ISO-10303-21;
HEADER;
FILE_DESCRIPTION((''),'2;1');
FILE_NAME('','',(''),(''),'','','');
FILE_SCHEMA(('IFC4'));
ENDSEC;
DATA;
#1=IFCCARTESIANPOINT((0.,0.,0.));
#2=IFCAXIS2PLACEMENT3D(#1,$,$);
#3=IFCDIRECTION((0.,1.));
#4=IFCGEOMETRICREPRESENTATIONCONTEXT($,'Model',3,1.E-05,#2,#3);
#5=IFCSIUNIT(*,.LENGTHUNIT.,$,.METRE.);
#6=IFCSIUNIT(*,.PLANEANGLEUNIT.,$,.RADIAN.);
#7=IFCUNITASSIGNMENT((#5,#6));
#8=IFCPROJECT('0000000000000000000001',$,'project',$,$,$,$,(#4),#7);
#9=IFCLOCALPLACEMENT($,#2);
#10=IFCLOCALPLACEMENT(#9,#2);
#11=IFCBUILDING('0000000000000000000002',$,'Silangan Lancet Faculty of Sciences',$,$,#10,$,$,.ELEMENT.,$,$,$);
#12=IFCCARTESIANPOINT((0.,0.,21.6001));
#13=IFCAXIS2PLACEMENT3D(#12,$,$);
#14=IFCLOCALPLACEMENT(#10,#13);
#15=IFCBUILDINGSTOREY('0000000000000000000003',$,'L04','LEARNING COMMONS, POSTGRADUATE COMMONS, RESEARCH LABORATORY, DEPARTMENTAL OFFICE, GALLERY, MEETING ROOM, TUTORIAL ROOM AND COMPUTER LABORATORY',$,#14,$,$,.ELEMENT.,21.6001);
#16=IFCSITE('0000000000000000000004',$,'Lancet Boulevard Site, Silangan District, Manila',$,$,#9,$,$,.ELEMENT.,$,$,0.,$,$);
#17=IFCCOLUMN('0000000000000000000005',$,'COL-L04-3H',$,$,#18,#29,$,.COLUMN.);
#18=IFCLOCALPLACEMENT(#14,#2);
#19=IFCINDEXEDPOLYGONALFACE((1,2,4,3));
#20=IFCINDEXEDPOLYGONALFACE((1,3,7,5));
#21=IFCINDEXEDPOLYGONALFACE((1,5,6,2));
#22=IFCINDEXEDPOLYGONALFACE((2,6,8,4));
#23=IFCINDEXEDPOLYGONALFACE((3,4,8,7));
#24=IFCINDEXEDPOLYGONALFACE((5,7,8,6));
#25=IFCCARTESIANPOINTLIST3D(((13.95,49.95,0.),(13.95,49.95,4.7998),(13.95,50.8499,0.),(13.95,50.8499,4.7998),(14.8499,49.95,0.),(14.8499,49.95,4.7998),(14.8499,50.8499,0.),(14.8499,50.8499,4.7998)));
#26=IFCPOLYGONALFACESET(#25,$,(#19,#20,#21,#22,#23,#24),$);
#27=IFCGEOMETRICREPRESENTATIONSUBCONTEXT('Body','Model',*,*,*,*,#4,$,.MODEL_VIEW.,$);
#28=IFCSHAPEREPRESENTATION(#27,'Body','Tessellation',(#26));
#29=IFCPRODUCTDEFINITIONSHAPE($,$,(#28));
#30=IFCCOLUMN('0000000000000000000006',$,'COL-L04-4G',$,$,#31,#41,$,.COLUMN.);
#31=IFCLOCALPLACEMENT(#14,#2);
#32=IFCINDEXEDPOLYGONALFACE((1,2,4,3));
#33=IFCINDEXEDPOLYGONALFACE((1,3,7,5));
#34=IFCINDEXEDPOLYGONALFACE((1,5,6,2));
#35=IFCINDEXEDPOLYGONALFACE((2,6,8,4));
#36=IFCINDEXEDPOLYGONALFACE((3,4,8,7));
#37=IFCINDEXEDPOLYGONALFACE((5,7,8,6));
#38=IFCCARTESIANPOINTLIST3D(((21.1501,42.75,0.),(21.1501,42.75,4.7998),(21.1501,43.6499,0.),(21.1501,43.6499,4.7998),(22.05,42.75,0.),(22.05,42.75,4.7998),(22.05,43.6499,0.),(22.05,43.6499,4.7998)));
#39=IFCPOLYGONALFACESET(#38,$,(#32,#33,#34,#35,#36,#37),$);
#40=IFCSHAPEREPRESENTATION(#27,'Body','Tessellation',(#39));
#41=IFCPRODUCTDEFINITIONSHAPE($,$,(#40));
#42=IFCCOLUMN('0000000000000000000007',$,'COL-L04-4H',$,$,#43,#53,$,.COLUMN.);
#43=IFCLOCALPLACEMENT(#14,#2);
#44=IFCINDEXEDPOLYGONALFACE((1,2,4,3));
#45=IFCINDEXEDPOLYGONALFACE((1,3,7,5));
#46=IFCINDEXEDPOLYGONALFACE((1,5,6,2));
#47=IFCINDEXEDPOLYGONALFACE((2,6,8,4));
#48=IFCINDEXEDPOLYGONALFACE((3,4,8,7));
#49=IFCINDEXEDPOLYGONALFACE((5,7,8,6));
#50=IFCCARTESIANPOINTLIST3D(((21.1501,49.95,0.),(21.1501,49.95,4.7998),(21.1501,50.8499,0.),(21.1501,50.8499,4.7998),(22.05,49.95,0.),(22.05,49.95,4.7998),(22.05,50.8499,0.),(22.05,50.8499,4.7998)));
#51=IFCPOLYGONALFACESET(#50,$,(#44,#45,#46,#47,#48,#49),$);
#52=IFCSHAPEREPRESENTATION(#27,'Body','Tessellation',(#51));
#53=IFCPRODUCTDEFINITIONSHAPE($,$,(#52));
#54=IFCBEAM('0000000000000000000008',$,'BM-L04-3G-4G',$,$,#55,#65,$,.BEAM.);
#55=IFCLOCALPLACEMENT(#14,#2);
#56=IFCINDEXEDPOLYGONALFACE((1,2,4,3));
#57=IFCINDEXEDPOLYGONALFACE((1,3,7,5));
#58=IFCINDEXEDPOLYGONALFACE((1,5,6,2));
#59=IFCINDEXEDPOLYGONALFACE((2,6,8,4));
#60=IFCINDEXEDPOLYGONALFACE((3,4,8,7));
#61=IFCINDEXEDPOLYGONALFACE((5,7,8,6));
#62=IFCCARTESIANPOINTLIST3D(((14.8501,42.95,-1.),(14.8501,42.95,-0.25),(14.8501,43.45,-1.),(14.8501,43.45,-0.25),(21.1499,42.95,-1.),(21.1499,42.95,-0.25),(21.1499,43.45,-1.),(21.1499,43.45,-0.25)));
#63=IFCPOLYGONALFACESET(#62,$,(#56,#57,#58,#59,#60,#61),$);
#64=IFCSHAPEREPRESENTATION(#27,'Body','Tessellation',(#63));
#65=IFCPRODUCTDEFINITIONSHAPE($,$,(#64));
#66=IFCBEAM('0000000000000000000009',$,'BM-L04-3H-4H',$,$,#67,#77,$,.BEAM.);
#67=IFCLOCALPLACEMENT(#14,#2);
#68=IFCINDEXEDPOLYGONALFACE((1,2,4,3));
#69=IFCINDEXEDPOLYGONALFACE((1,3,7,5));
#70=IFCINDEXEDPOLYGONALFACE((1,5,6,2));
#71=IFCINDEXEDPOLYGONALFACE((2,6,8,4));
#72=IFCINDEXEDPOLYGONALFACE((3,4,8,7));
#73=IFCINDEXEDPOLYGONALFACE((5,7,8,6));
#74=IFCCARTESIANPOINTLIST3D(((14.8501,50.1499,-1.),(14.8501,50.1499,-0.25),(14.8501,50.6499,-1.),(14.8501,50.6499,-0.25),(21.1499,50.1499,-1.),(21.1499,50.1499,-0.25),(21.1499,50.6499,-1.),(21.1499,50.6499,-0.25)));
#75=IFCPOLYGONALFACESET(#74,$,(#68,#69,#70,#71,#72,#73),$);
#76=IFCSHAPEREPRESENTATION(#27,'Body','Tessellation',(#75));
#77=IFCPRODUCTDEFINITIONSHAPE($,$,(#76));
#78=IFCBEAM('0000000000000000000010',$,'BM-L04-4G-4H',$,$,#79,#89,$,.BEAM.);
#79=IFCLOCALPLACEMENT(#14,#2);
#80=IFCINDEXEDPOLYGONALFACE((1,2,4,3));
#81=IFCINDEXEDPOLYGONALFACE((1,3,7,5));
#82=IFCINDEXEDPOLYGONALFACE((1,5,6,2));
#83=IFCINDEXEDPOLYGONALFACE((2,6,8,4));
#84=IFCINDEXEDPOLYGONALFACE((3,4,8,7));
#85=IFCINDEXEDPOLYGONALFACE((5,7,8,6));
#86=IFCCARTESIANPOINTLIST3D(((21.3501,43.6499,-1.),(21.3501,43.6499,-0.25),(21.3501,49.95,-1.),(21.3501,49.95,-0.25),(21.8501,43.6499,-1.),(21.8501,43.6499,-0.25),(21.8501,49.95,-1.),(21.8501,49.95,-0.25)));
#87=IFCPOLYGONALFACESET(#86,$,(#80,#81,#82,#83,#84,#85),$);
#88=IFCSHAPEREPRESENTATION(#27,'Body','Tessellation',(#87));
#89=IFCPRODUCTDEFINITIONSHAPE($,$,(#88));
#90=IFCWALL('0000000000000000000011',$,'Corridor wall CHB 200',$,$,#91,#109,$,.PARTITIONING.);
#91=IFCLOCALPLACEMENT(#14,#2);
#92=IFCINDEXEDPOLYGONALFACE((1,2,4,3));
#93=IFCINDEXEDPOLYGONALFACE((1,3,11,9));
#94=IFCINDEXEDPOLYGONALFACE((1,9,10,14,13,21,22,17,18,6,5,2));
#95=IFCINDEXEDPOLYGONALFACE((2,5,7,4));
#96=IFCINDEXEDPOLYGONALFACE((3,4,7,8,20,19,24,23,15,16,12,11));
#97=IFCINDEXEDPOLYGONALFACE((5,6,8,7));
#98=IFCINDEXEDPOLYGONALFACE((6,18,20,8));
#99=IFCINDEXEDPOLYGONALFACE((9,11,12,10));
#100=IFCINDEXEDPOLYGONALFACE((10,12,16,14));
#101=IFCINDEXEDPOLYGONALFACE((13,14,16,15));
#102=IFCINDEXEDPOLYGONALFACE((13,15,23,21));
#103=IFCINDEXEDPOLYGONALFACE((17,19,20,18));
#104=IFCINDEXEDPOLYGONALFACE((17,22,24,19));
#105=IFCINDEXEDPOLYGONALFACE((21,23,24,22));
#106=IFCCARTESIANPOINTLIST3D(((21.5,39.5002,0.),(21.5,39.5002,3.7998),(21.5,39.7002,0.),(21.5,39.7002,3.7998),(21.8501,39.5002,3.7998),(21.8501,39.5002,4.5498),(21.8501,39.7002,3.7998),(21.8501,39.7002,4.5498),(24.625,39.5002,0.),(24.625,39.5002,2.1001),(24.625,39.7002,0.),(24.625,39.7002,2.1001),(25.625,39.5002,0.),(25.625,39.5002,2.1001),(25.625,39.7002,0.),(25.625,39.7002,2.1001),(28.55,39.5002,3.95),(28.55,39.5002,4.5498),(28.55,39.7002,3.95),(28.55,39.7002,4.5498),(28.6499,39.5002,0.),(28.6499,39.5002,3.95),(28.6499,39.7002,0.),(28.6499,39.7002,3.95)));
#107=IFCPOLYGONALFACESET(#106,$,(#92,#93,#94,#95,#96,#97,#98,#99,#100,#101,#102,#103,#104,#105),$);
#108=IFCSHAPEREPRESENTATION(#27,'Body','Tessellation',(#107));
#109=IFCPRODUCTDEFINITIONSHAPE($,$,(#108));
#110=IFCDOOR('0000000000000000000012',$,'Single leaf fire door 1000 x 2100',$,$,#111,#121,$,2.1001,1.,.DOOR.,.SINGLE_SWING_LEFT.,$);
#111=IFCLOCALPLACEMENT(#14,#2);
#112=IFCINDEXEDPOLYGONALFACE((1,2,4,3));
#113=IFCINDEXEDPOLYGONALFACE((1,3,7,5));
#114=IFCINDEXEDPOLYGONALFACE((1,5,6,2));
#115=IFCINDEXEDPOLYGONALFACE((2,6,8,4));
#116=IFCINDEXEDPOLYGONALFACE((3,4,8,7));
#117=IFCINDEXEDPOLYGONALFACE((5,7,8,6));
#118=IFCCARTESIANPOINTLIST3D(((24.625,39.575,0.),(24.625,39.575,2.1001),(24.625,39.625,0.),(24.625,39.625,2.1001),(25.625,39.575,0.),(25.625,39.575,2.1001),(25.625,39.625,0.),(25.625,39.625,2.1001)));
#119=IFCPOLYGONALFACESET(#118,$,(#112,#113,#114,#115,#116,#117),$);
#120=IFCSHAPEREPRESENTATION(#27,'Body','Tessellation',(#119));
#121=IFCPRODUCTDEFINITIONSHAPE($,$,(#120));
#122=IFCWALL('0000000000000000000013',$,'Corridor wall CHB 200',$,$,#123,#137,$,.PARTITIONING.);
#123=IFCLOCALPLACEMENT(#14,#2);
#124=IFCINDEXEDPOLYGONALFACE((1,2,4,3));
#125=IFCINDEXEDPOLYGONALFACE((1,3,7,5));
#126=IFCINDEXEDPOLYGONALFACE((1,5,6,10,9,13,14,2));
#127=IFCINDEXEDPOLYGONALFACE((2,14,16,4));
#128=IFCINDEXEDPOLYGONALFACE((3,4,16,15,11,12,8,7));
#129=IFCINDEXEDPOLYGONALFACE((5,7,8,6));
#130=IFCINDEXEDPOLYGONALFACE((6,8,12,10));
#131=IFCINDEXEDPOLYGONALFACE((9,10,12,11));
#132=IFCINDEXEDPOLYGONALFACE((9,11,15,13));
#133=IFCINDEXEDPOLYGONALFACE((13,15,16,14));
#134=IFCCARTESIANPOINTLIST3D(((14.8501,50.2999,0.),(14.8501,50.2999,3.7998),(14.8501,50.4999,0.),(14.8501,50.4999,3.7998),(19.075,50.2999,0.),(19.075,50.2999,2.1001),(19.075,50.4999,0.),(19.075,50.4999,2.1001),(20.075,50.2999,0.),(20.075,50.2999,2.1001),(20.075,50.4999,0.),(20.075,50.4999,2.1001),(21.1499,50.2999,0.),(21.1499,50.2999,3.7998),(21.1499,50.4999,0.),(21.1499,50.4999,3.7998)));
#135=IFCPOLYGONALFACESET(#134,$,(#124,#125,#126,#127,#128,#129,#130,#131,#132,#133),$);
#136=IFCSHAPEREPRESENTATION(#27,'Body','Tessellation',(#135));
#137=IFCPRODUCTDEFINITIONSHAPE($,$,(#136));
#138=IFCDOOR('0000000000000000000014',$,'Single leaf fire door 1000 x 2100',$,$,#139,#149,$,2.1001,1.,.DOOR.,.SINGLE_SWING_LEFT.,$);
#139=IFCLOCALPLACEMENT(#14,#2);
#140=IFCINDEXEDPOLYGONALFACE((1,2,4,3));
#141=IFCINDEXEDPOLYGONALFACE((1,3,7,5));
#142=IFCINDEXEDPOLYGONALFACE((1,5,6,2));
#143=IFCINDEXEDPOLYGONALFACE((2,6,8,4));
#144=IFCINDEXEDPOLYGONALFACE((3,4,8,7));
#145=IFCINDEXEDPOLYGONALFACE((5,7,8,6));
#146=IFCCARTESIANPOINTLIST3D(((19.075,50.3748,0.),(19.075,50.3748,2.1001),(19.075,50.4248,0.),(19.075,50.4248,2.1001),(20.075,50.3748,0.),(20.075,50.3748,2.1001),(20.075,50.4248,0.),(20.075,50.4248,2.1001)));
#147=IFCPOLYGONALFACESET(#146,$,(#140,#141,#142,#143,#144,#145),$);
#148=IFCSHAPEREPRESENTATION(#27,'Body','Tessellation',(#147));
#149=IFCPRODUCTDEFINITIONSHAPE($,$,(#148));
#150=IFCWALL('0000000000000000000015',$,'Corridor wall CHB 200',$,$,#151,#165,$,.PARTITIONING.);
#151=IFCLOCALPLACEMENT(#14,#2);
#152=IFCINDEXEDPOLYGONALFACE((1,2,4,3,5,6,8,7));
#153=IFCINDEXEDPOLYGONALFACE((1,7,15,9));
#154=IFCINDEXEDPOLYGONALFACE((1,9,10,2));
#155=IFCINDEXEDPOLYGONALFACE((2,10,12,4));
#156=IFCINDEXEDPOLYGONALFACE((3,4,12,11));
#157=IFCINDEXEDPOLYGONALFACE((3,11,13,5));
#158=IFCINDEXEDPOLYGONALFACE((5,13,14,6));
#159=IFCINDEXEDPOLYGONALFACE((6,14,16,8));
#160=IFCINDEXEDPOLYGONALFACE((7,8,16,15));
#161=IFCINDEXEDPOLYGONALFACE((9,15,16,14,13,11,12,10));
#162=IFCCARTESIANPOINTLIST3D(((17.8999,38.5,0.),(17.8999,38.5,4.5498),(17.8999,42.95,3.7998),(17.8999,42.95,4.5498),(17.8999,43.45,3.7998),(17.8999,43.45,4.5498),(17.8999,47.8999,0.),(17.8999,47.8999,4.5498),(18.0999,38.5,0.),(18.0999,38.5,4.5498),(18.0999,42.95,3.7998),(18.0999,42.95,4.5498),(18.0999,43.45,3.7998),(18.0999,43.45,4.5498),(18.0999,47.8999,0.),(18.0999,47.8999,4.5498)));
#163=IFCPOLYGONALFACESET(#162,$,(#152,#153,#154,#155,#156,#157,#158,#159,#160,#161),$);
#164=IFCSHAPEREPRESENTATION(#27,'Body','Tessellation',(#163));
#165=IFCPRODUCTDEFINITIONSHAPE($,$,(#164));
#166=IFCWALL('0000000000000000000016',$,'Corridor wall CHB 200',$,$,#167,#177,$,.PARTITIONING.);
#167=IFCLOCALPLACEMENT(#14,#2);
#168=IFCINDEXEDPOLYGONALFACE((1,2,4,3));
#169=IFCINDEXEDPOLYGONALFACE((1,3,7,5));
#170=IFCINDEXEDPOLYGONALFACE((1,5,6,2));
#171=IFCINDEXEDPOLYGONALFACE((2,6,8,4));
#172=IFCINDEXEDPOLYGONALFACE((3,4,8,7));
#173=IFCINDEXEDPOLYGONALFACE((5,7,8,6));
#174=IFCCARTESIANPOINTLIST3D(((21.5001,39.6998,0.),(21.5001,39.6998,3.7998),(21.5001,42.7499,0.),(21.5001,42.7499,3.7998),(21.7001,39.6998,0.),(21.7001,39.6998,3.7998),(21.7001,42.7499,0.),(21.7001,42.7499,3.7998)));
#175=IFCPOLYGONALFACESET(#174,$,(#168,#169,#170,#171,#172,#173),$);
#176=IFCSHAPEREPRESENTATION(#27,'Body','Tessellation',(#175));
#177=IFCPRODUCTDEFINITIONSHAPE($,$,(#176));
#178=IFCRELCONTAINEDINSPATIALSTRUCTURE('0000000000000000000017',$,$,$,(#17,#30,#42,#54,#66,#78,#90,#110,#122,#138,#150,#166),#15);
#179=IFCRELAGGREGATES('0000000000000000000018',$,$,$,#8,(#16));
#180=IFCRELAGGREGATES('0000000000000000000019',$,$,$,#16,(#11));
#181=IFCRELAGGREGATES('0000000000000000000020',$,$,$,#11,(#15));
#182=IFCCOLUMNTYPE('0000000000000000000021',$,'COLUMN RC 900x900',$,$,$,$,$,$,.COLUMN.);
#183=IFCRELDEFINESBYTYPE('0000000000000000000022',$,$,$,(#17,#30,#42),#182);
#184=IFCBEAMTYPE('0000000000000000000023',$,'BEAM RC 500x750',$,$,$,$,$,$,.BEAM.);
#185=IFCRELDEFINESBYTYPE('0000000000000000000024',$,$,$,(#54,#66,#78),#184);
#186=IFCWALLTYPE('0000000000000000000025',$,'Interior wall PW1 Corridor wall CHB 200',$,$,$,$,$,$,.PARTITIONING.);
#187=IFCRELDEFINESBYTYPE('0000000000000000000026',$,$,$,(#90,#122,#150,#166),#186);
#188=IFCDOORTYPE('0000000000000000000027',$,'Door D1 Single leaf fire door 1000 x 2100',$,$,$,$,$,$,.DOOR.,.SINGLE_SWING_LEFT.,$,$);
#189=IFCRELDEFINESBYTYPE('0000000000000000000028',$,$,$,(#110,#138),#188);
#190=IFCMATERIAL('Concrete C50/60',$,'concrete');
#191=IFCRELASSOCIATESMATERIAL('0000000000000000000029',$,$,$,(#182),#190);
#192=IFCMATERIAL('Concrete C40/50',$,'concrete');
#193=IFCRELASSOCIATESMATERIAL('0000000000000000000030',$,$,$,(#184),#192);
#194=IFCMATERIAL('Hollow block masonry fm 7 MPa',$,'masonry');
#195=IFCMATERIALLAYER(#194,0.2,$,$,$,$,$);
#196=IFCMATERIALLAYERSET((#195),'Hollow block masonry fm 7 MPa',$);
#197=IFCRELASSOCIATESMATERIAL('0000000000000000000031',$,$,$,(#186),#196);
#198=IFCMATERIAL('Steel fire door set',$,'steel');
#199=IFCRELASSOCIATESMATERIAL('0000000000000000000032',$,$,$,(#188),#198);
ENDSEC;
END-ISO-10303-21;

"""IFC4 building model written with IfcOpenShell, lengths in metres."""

from ifc_helpers import new_model, si_unit, direction, frame, frame_2d, origin, origin_2d, place, context, subcontext, project, spatial, polyline, rectangle, outline, extrude, material, layer, layer_set, material_profile, profile_set, type_object, element, fill, save


model = new_model("IFC4")

# Units and contexts
model_context = context("Model", 3, precision=1e-05, world=origin(), true_north=direction((0.0, 1.0)))
body_context = subcontext(model_context, "Body", "Model", "MODEL_VIEW")
ifc_project = project(units=[si_unit("LENGTHUNIT", "METRE"), si_unit("PLANEANGLEUNIT", "RADIAN")], contexts=[model_context])

# Site, building, storey
site_placement = place(None, origin())
site = spatial("IfcSite", under=ifc_project, at=site_placement, Name="Lancet Boulevard Site, Silangan District, Manila", CompositionType="ELEMENT", RefElevation=0.0)
building_placement = place(site_placement, origin())
building = spatial("IfcBuilding", under=site, at=building_placement, Name="Silangan Lancet Faculty of Sciences", CompositionType="ELEMENT")
storey_placement = place(building_placement, frame((0.0, 0.0, 21.6001)))
storey = spatial("IfcBuildingStorey", under=building, at=storey_placement, Name="L04", Description="LEARNING COMMONS, POSTGRADUATE COMMONS, RESEARCH LABORATORY, DEPARTMENTAL OFFICE, GALLERY, MEETING ROOM, TUTORIAL ROOM AND COMPUTER LABORATORY", CompositionType="ELEMENT", Elevation=21.6001)

# Columns
ifc_material_1 = material(Name="Concrete C50/60", Category="concrete")
ifc_material_profile_1 = material_profile(ifc_material_1, rectangle(XDim=0.8999, YDim=0.8999, at=origin_2d()), Name="RC 900x900")
ifc_profile_set_1 = profile_set([ifc_material_profile_1], Name="Concrete C50/60")
column_type = type_object("IfcColumnType", Name="COLUMN RC 900x900", PredefinedType="COLUMN", material=ifc_profile_set_1)
for number, where, z_axis, x_axis, name in (
    (1, (14.3999, 50.3999, 0.0), (0.0, 0.0, 1.0), (1.0, 0.0, 0.0), "COL-L04-3H"),
    (2, (21.6001, 43.2, 0.0), (0.0, 0.0, 1.0), (1.0, 0.0, 0.0), "COL-L04-4G"),
    (3, (21.6001, 50.3999, 0.0), (0.0, 0.0, 1.0), (1.0, 0.0, 0.0), "COL-L04-4H"),
):
    element("IfcColumn", number, at=place(storey_placement, frame(where, z_axis=z_axis, x_axis=x_axis)), inside=storey, type_object=column_type, Name=name, PredefinedType="COLUMN", context=body_context, shape_type="SweptSolid", body=[
        extrude(rectangle(XDim=0.8999, YDim=0.8999, at=origin_2d()), origin(), (0.0, 0.0, 1.0), 4.7998),
    ])

# Beams
ifc_material_2 = material(Name="Concrete C40/50", Category="concrete")
ifc_material_profile_2 = material_profile(ifc_material_2, rectangle(XDim=0.5, YDim=0.75, at=origin_2d()), Name="RC 500x750")
ifc_profile_set_2 = profile_set([ifc_material_profile_2], Name="Concrete C40/50")
beam_type = type_object("IfcBeamType", Name="BEAM RC 500x750", PredefinedType="BEAM", material=ifc_profile_set_2)
for number, where, z_axis, x_axis, name in (
    (4, (14.8501, 43.2, -0.625), (1.0, 0.0, 0.0), (0.0, 1.0, 0.0), "BM-L04-3G-4G"),
    (5, (14.8501, 50.3999, -0.625), (1.0, 0.0, 0.0), (0.0, 1.0, 0.0), "BM-L04-3H-4H"),
):
    element("IfcBeam", number, at=place(storey_placement, frame(where, z_axis=z_axis, x_axis=x_axis)), inside=storey, type_object=beam_type, Name=name, PredefinedType="BEAM", context=body_context, shape_type="SweptSolid", body=[
        extrude(rectangle(XDim=0.5, YDim=0.75, at=origin_2d()), origin(), (0.0, 0.0, 1.0), 6.2998),
    ])
beam_placement = place(storey_placement, frame((21.6001, 43.6499, -0.625), z_axis=(0.0, 1.0, 0.0), x_axis=(-1.0, 0.0, 0.0)))
element("IfcBeam", 6, at=beam_placement, inside=storey, type_object=beam_type, Name="BM-L04-4G-4H", PredefinedType="BEAM", context=body_context, shape_type="SweptSolid", body=[
    extrude(rectangle(XDim=0.5, YDim=0.75, at=origin_2d()), origin(), (0.0, 0.0, 1.0), 6.3),
])

# Walls, openings, doors
ifc_material_3 = material(Name="Hollow block masonry fm 7 MPa", Category="masonry")
ifc_layer_1 = layer(ifc_material_3, 0.2)
ifc_layer_set_1 = layer_set([ifc_layer_1], Name="Hollow block masonry fm 7 MPa")
wall_type_1 = type_object("IfcWallType", Name="Interior wall PW1 Corridor wall CHB 200", PredefinedType="PARTITIONING", material=ifc_layer_set_1)
wall_1_placement = place(storey_placement, frame((21.5, 39.6001, 0.0), z_axis=(0.0, 0.0, 1.0), x_axis=(1.0, 0.0, 0.0)))
wall_1 = element("IfcWall", 7, at=wall_1_placement, inside=storey, type_object=wall_type_1, Name="Corridor wall CHB 200", PredefinedType="PARTITIONING", context=body_context, shape_type="SweptSolid", body=[
    extrude(outline(polyline([(0.0, 0.0), (7.1499, 0.0), (7.1499, 3.95), (7.05, 3.95), (7.05, 4.5498), (0.3501, 4.5498), (0.3501, 3.7998), (0.0, 3.7998), (0.0, 0.0)])), frame((0.0, 0.1001, 0.0), z_axis=(0.0, -1.0, 0.0), x_axis=(1.0, 0.0, 0.0)), (0.0, 0.0, 1.0), 0.2),
])
opening_1_placement = place(wall_1_placement, frame((3.125, 0.0, 0.0)))
opening_1 = element("IfcOpeningElement", 8, at=opening_1_placement, cuts=wall_1, PredefinedType="OPENING", context=body_context, shape_type="SweptSolid", body=[
    extrude(rectangle(XDim=1.0, YDim=2.1001, at=frame_2d((0.5, 1.05))), frame((0.0, 0.1099, 0.0), z_axis=(0.0, -1.0, 0.0), x_axis=(1.0, 0.0, 0.0)), (0.0, 0.0, 1.0), 0.22),
])
ifc_material_4 = material(Name="Steel fire door set", Category="steel")
door_type_1 = type_object("IfcDoorType", Name="Door D1 Single leaf fire door 1000 x 2100", OperationType="SINGLE_SWING_LEFT", PredefinedType="DOOR", material=ifc_material_4)
door_1_placement = place(opening_1_placement, origin())
door_1 = element("IfcDoor", 9, at=door_1_placement, inside=storey, type_object=door_type_1, Name="Single leaf fire door 1000 x 2100", OperationType="SINGLE_SWING_LEFT", OverallHeight=2.1001, OverallWidth=1.0, PredefinedType="DOOR", context=body_context, shape_type="SweptSolid", body=[
    extrude(rectangle(XDim=1.0, YDim=2.1001, at=frame_2d((0.5, 1.05))), frame((0.0, 0.0249, 0.0), z_axis=(0.0, -1.0, 0.0), x_axis=(1.0, 0.0, 0.0)), (0.0, 0.0, 1.0), 0.05),
])
fill(opening_1, door_1)
wall_2_placement = place(storey_placement, frame((14.8501, 50.3999, 0.0), z_axis=(0.0, 0.0, 1.0), x_axis=(1.0, 0.0, 0.0)))
wall_2 = element("IfcWall", 10, at=wall_2_placement, inside=storey, type_object=wall_type_1, Name="Corridor wall CHB 200", PredefinedType="PARTITIONING", context=body_context, shape_type="SweptSolid", body=[
    extrude(rectangle(XDim=6.2998, YDim=0.2, at=frame_2d((3.1499, 0.0))), origin(), (0.0, 0.0, 1.0), 3.7998),
])
opening_2_placement = place(wall_2_placement, frame((4.2249, 0.0, 0.0)))
opening_2 = element("IfcOpeningElement", 11, at=opening_2_placement, cuts=wall_2, PredefinedType="OPENING", context=body_context, shape_type="SweptSolid", body=[
    extrude(rectangle(XDim=1.0, YDim=2.1001, at=frame_2d((0.5, 1.05))), frame((0.0, 0.1099, 0.0), z_axis=(0.0, -1.0, 0.0), x_axis=(1.0, 0.0, 0.0)), (0.0, 0.0, 1.0), 0.22),
])
door_2_placement = place(opening_2_placement, origin())
door_2 = element("IfcDoor", 12, at=door_2_placement, inside=storey, type_object=door_type_1, Name="Single leaf fire door 1000 x 2100", OperationType="SINGLE_SWING_LEFT", OverallHeight=2.1001, OverallWidth=1.0, PredefinedType="DOOR", context=body_context, shape_type="SweptSolid", body=[
    extrude(rectangle(XDim=1.0, YDim=2.1001, at=frame_2d((0.5, 1.05))), frame((0.0, 0.0249, 0.0), z_axis=(0.0, -1.0, 0.0), x_axis=(1.0, 0.0, 0.0)), (0.0, 0.0, 1.0), 0.05),
])
fill(opening_2, door_2)

# Walls
wall_3_placement = place(storey_placement, frame((18.0, 38.5, 0.0), z_axis=(0.0, 0.0, 1.0), x_axis=(0.0, 1.0, 0.0)))
element("IfcWall", 13, at=wall_3_placement, inside=storey, type_object=wall_type_1, Name="Corridor wall CHB 200", PredefinedType="PARTITIONING", context=body_context, shape_type="SweptSolid", body=[
    extrude(outline(polyline([(0.0, 0.0), (9.3999, 0.0), (9.3999, 4.5498), (4.95, 4.5498), (4.95, 3.7998), (4.45, 3.7998), (4.45, 4.5498), (0.0, 4.5498), (0.0, 0.0)])), frame((0.0, 0.1001, 0.0), z_axis=(0.0, -1.0, 0.0), x_axis=(1.0, 0.0, 0.0)), (0.0, 0.0, 1.0), 0.2),
])
wall_4_placement = place(storey_placement, frame((21.6001, 39.7, 0.0), z_axis=(0.0, 0.0, 1.0), x_axis=(0.0, 1.0, 0.0)))
element("IfcWall", 14, at=wall_4_placement, inside=storey, type_object=wall_type_1, Name="Corridor wall CHB 200", PredefinedType="PARTITIONING", context=body_context, shape_type="SweptSolid", body=[
    extrude(rectangle(XDim=3.05, YDim=0.2, at=frame_2d((1.5249, 0.0))), origin(), (0.0, 0.0, 1.0), 3.7998),
])

save(model, "model.ifc")
